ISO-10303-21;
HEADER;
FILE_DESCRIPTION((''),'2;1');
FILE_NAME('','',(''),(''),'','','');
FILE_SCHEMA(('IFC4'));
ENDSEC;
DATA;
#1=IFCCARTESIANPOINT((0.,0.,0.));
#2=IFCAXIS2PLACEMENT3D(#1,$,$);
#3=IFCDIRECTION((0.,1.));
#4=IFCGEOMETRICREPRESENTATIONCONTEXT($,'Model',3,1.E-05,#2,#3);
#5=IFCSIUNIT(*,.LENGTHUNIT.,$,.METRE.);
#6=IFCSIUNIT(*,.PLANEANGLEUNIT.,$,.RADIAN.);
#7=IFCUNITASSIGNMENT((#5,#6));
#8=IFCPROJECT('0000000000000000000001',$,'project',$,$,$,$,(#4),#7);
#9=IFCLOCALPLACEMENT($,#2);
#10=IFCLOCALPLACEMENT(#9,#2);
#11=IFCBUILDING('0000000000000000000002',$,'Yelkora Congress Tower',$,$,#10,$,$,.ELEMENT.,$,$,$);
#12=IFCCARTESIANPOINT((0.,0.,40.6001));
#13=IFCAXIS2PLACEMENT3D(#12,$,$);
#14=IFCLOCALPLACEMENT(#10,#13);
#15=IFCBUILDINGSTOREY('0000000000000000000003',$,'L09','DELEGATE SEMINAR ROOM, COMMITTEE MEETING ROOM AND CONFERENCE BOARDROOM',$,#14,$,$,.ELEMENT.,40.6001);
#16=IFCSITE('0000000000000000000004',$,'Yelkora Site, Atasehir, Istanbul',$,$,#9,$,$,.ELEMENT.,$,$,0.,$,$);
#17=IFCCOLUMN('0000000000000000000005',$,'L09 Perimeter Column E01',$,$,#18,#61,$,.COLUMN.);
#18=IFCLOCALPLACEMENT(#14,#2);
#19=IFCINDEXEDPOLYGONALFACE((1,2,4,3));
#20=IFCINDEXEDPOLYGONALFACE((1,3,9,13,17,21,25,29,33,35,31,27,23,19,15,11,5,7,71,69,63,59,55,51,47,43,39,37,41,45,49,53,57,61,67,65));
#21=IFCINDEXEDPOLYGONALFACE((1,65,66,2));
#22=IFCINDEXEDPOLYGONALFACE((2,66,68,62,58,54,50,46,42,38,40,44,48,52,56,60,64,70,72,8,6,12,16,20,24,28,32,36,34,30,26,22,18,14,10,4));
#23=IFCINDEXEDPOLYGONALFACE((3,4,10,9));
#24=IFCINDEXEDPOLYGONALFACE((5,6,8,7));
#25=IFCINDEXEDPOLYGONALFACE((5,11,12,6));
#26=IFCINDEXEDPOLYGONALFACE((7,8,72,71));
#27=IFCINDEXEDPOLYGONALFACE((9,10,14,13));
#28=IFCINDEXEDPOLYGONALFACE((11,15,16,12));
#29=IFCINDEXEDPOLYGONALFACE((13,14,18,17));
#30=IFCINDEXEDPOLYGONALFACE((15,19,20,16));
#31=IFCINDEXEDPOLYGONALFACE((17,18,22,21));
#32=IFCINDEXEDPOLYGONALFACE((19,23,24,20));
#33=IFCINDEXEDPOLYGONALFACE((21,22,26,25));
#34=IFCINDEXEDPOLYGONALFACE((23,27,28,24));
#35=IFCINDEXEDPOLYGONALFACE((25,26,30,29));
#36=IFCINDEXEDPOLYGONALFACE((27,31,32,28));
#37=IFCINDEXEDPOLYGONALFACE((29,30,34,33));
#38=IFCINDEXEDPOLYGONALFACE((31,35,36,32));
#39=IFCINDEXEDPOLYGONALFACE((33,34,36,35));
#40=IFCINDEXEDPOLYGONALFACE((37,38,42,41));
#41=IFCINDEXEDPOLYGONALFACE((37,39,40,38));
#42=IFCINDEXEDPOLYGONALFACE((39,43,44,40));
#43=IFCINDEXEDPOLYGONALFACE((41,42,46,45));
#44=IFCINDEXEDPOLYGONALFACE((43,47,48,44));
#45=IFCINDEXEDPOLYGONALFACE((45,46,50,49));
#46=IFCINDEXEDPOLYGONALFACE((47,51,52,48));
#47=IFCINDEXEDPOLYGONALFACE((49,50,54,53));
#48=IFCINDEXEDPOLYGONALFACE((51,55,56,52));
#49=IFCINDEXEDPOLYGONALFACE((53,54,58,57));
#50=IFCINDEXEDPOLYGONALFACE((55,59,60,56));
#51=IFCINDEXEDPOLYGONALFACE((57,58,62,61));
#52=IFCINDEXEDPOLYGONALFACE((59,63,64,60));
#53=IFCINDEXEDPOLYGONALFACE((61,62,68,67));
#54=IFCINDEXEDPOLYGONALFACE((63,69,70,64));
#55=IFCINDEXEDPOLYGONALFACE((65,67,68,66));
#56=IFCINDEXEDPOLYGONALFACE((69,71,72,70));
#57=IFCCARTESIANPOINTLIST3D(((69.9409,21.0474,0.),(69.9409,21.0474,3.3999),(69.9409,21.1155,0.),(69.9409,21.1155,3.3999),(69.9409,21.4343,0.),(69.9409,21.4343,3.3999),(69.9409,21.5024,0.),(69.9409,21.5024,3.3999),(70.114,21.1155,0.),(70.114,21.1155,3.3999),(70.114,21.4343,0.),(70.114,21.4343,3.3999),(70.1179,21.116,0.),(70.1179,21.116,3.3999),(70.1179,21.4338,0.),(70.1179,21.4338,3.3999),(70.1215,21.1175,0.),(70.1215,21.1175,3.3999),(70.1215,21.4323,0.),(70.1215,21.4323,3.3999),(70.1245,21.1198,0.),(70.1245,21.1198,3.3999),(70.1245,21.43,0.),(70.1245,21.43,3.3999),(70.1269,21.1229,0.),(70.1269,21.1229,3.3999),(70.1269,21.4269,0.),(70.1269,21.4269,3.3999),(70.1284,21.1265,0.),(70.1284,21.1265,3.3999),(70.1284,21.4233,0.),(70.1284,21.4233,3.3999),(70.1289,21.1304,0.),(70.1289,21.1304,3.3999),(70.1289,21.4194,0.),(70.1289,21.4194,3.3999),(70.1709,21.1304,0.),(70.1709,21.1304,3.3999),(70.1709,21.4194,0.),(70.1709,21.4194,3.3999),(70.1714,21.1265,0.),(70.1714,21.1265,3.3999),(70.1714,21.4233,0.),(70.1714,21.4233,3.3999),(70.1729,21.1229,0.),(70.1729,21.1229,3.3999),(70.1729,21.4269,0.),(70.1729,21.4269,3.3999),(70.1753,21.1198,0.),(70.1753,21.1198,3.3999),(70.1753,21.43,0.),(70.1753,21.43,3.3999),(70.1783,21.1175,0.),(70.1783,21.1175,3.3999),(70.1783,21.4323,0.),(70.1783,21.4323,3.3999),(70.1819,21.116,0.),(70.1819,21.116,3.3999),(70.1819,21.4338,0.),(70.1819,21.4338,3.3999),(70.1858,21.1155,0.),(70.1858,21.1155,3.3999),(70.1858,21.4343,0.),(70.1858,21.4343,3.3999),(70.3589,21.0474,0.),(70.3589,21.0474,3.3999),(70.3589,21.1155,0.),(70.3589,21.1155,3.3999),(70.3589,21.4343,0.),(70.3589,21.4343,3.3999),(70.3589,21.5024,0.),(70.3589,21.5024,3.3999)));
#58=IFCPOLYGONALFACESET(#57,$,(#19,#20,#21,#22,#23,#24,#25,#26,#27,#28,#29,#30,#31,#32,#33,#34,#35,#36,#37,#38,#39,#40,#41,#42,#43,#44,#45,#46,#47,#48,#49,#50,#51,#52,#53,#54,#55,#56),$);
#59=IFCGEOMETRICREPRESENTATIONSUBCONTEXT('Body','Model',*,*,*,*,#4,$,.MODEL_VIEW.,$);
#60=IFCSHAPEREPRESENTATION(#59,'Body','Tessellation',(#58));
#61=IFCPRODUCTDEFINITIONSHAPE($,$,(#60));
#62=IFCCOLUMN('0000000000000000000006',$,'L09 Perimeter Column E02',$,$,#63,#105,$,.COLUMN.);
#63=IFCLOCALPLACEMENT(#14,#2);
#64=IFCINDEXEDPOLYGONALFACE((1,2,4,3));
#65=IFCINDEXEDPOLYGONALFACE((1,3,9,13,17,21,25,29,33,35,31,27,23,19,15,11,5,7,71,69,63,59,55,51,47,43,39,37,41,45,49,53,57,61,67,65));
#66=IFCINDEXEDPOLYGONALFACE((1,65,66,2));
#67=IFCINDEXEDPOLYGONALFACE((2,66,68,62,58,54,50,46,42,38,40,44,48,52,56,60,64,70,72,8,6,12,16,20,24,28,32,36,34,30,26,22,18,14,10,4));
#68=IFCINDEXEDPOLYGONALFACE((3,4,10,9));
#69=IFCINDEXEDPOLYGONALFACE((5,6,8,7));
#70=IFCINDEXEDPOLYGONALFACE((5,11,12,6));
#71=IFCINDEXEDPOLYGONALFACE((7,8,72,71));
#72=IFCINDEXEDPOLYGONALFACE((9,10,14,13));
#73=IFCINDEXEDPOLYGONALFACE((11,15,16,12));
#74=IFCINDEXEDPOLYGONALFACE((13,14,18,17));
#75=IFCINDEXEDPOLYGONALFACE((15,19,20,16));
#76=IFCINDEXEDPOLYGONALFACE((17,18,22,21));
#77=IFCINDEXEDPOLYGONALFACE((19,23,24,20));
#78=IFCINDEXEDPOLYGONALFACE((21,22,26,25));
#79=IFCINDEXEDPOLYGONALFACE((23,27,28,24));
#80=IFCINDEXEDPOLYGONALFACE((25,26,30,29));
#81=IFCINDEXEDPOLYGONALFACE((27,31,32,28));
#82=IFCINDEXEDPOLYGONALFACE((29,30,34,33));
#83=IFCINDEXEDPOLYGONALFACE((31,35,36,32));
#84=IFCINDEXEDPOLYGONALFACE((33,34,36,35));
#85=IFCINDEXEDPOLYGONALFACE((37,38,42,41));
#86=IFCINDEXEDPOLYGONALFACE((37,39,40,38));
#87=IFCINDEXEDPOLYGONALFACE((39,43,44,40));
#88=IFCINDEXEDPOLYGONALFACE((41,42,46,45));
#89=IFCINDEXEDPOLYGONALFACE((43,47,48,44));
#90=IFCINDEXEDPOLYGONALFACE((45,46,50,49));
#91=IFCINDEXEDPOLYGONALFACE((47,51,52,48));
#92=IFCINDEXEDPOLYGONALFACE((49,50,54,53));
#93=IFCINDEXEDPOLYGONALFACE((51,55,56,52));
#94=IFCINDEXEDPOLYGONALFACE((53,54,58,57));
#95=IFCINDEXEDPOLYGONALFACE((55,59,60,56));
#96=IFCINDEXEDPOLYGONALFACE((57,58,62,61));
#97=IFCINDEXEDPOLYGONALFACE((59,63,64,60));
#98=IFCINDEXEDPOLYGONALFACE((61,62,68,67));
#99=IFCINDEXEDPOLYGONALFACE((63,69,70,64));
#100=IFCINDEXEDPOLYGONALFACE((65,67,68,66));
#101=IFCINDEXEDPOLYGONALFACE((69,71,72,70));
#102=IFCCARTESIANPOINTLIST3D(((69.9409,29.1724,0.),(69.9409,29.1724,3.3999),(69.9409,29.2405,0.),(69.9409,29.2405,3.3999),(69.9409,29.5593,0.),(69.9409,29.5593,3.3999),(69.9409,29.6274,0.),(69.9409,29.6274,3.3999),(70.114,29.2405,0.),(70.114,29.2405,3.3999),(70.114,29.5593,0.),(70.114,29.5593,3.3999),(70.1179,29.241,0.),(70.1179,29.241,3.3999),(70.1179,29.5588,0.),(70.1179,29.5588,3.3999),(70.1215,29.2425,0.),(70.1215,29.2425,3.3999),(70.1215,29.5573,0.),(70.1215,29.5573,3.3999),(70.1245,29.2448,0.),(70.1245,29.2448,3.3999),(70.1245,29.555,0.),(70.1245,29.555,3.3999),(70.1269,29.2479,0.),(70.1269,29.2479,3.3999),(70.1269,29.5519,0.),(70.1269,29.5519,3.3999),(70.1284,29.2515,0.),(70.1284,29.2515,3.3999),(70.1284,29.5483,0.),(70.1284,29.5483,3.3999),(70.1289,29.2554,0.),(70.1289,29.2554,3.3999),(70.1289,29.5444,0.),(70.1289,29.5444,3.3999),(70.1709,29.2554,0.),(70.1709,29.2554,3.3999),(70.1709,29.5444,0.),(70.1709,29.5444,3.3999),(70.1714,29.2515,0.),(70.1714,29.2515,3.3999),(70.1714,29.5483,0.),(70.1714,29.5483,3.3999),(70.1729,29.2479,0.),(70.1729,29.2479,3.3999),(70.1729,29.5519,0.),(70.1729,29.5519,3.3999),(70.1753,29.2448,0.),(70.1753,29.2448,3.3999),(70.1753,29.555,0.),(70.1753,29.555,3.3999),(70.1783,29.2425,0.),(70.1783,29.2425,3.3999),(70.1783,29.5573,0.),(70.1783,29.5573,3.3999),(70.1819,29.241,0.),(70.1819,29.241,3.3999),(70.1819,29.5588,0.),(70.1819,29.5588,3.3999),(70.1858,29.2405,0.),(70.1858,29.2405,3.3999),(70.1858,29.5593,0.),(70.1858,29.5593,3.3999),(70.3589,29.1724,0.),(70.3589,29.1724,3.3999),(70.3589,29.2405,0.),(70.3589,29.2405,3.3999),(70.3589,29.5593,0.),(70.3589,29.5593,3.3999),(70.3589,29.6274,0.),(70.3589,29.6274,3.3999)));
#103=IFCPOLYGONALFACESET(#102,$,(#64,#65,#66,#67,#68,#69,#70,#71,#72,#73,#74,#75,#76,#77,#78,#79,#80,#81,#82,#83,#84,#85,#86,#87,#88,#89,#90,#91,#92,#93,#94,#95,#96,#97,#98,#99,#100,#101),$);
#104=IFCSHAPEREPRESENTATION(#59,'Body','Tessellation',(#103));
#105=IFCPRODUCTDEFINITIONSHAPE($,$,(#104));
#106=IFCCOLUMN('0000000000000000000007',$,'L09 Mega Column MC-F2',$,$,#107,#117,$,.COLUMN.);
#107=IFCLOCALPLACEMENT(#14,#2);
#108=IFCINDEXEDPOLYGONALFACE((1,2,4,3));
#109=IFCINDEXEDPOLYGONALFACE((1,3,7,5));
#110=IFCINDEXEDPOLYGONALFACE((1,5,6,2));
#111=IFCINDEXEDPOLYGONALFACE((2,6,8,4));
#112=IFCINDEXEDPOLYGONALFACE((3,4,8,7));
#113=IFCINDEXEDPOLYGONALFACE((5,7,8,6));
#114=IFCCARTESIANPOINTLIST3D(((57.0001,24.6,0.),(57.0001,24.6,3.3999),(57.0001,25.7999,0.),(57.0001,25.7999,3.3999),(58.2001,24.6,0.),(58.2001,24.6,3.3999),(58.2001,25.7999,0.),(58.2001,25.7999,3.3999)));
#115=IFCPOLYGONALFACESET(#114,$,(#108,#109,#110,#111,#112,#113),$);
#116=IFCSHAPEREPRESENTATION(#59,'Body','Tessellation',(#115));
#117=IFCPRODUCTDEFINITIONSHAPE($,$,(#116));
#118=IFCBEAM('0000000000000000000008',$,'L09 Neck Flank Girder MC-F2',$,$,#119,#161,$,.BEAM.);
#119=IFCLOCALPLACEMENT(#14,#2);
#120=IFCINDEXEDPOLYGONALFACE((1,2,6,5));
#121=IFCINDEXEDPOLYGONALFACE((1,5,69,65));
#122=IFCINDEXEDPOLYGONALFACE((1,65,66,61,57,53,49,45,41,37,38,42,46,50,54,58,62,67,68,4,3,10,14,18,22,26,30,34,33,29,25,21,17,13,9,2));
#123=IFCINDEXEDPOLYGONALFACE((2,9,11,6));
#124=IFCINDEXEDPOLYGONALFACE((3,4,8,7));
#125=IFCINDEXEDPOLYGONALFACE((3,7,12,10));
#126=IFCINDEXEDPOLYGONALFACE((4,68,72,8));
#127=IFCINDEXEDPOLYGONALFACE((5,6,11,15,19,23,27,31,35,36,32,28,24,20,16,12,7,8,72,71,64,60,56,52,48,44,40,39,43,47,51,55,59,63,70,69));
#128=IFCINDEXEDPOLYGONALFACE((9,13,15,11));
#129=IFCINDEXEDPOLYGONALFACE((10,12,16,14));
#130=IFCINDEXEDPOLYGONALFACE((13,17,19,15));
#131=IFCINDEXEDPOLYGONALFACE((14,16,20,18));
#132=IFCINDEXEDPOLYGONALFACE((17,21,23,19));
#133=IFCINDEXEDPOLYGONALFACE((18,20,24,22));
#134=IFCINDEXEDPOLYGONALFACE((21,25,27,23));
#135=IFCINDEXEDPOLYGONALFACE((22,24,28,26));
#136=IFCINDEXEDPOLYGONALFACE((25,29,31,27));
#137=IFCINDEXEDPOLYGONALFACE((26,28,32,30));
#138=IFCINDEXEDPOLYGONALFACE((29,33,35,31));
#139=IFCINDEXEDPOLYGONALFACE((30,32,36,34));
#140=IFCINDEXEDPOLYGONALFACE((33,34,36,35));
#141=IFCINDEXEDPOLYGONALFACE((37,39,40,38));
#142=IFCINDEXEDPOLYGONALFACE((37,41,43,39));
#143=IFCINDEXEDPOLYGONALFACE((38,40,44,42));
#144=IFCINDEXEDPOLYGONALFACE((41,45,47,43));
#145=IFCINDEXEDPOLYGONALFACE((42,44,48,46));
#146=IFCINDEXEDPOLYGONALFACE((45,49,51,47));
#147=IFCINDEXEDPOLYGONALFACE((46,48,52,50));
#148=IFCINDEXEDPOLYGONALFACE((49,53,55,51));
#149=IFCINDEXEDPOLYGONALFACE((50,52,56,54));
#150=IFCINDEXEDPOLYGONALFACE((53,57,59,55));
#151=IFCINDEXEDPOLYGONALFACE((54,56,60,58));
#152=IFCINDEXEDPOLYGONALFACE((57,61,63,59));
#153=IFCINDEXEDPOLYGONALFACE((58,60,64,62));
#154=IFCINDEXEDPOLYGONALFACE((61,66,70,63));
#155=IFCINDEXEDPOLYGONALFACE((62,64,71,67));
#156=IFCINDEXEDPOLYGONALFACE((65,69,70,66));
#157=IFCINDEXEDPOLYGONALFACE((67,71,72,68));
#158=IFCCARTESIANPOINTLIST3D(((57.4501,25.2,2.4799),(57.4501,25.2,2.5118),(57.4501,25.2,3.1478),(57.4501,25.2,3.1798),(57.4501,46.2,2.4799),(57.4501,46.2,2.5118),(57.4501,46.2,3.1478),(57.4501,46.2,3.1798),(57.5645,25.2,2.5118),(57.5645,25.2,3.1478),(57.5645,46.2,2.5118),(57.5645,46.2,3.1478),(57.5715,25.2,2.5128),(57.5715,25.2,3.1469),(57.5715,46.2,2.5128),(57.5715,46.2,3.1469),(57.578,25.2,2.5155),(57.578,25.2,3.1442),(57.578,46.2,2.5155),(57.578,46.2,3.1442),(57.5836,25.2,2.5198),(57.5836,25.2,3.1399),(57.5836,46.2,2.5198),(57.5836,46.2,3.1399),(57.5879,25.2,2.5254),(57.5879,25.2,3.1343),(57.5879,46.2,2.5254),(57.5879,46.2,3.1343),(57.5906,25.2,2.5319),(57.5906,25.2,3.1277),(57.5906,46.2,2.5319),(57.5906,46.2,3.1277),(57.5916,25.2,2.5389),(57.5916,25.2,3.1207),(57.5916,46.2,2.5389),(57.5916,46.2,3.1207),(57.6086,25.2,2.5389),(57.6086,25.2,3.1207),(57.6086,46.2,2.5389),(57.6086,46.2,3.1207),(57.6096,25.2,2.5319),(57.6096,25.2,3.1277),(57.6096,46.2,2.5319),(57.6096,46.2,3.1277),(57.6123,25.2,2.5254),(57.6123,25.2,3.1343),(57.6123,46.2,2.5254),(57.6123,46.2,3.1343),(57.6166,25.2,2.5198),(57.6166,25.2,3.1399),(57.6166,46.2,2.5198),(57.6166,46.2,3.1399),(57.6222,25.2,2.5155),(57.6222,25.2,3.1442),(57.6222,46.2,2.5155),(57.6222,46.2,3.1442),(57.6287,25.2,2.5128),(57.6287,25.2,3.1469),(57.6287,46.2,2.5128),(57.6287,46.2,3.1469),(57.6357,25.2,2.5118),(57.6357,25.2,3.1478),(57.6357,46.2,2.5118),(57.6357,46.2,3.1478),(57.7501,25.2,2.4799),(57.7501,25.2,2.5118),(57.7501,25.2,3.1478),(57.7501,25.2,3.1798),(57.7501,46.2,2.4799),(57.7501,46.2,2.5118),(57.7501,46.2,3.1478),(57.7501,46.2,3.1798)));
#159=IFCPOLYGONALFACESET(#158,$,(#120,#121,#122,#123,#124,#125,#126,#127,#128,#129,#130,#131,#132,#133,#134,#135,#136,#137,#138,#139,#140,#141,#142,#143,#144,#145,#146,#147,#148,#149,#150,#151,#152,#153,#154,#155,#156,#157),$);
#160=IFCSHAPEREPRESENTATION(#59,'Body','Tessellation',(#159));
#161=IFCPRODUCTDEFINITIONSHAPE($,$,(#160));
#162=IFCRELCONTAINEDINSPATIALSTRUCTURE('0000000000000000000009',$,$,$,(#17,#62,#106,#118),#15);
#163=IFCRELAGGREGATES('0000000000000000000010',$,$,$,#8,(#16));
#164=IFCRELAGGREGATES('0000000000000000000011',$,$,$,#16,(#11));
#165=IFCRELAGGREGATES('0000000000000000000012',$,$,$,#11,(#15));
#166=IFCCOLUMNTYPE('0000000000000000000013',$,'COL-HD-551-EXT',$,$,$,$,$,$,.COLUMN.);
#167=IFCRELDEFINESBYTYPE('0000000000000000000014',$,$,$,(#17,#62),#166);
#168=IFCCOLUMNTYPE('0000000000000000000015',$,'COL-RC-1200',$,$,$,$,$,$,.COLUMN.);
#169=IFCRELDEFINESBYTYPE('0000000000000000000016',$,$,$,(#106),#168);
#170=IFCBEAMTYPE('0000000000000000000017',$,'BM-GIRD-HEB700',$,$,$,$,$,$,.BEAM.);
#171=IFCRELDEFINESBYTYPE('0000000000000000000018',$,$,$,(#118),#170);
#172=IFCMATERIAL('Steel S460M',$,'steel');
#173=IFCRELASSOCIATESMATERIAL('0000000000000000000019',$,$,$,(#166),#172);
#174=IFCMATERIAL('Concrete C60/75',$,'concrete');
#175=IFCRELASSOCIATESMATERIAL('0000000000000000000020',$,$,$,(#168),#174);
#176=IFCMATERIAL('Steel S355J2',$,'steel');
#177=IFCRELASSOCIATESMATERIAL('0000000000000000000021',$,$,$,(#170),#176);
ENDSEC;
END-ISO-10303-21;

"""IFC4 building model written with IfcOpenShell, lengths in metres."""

from ifc_helpers import new_model, si_unit, direction, frame, origin, origin_2d, place, context, subcontext, project, spatial, rectangle, i_section, extrude, material, material_profile, profile_set, type_object, element, save


model = new_model("IFC4")

# Units and contexts
model_context = context("Model", 3, precision=1e-05, world=origin(), true_north=direction((0.0, 1.0)))
body_context = subcontext(model_context, "Body", "Model", "MODEL_VIEW")
ifc_project = project(units=[si_unit("LENGTHUNIT", "METRE"), si_unit("PLANEANGLEUNIT", "RADIAN")], contexts=[model_context])

# Site, building, storey
site_placement = place(None, origin())
site = spatial("IfcSite", under=ifc_project, at=site_placement, Name="Yelkora Site, Atasehir, Istanbul", CompositionType="ELEMENT", RefElevation=0.0)
building_placement = place(site_placement, origin())
building = spatial("IfcBuilding", under=site, at=building_placement, Name="Yelkora Congress Tower", CompositionType="ELEMENT")
storey_placement = place(building_placement, frame((0.0, 0.0, 40.6001)))
storey = spatial("IfcBuildingStorey", under=building, at=storey_placement, Name="L09", Description="DELEGATE SEMINAR ROOM, COMMITTEE MEETING ROOM AND CONFERENCE BOARDROOM", CompositionType="ELEMENT", Elevation=40.6001)

# Columns
ifc_material_1 = material(Name="Steel S460M", Category="steel")
ifc_material_profile_1 = material_profile(ifc_material_1, i_section(OverallWidth=0.418, OverallDepth=0.4551, WebThickness=0.042, FlangeThickness=0.0681, FilletRadius=0.0149, at=origin_2d()), Name="HD 400x551")
ifc_profile_set_1 = profile_set([ifc_material_profile_1], Name="Steel S460M")
column_type_1 = type_object("IfcColumnType", Name="COL-HD-551-EXT", PredefinedType="COLUMN", material=ifc_profile_set_1)
for number, where, z_axis, x_axis, name in (
    (1, (70.1499, 21.2749, 0.0), (0.0, 0.0, 1.0), (1.0, 0.0, 0.0), "L09 Perimeter Column E01"),
    (2, (70.1499, 29.3999, 0.0), (0.0, 0.0, 1.0), (1.0, 0.0, 0.0), "L09 Perimeter Column E02"),
):
    element("IfcColumn", number, at=place(storey_placement, frame(where, z_axis=z_axis, x_axis=x_axis)), inside=storey, type_object=column_type_1, Name=name, PredefinedType="COLUMN", context=body_context, shape_type="SweptSolid", body=[
        extrude(i_section(OverallWidth=0.418, OverallDepth=0.4551, WebThickness=0.042, FlangeThickness=0.0681, FilletRadius=0.0149, at=origin_2d()), origin(), (0.0, 0.0, 1.0), 3.3999),
    ])
ifc_material_2 = material(Name="Concrete C60/75", Category="concrete")
ifc_material_profile_2 = material_profile(ifc_material_2, rectangle(XDim=1.2, YDim=1.2, at=origin_2d()), Name="RC 1200x1200")
ifc_profile_set_2 = profile_set([ifc_material_profile_2], Name="Concrete C60/75")
column_type_2 = type_object("IfcColumnType", Name="COL-RC-1200", PredefinedType="COLUMN", material=ifc_profile_set_2)
column_placement = place(storey_placement, frame((57.6001, 25.2, 0.0), z_axis=(0.0, 0.0, 1.0), x_axis=(1.0, 0.0, 0.0)))
element("IfcColumn", 3, at=column_placement, inside=storey, type_object=column_type_2, Name="L09 Mega Column MC-F2", PredefinedType="COLUMN", context=body_context, shape_type="SweptSolid", body=[
    extrude(rectangle(XDim=1.2, YDim=1.2, at=origin_2d()), origin(), (0.0, 0.0, 1.0), 3.3999),
])

# Beam
ifc_material_3 = material(Name="Steel S355J2", Category="steel")
ifc_material_profile_3 = material_profile(ifc_material_3, i_section(OverallWidth=0.3, OverallDepth=0.7, WebThickness=0.0171, FlangeThickness=0.032, FilletRadius=0.0271, at=origin_2d()), Name="HEB 700")
ifc_profile_set_3 = profile_set([ifc_material_profile_3], Name="Steel S355J2")
beam_type_1 = type_object("IfcBeamType", Name="BM-GIRD-HEB700", PredefinedType="BEAM", material=ifc_profile_set_3)
beam_1_placement = place(storey_placement, frame((57.6001, 25.2, 2.8298), z_axis=(0.0, 1.0, 0.0), x_axis=(-1.0, 0.0, 0.0)))
element("IfcBeam", 4, at=beam_1_placement, inside=storey, type_object=beam_type_1, Name="L09 Neck Flank Girder MC-F2", PredefinedType="BEAM", context=body_context, shape_type="SweptSolid", body=[
    extrude(i_section(OverallWidth=0.3, OverallDepth=0.7, WebThickness=0.0171, FlangeThickness=0.032, FilletRadius=0.0271, at=origin_2d()), origin(), (0.0, 0.0, 1.0), 21.0),
])

save(model, "model.ifc")
